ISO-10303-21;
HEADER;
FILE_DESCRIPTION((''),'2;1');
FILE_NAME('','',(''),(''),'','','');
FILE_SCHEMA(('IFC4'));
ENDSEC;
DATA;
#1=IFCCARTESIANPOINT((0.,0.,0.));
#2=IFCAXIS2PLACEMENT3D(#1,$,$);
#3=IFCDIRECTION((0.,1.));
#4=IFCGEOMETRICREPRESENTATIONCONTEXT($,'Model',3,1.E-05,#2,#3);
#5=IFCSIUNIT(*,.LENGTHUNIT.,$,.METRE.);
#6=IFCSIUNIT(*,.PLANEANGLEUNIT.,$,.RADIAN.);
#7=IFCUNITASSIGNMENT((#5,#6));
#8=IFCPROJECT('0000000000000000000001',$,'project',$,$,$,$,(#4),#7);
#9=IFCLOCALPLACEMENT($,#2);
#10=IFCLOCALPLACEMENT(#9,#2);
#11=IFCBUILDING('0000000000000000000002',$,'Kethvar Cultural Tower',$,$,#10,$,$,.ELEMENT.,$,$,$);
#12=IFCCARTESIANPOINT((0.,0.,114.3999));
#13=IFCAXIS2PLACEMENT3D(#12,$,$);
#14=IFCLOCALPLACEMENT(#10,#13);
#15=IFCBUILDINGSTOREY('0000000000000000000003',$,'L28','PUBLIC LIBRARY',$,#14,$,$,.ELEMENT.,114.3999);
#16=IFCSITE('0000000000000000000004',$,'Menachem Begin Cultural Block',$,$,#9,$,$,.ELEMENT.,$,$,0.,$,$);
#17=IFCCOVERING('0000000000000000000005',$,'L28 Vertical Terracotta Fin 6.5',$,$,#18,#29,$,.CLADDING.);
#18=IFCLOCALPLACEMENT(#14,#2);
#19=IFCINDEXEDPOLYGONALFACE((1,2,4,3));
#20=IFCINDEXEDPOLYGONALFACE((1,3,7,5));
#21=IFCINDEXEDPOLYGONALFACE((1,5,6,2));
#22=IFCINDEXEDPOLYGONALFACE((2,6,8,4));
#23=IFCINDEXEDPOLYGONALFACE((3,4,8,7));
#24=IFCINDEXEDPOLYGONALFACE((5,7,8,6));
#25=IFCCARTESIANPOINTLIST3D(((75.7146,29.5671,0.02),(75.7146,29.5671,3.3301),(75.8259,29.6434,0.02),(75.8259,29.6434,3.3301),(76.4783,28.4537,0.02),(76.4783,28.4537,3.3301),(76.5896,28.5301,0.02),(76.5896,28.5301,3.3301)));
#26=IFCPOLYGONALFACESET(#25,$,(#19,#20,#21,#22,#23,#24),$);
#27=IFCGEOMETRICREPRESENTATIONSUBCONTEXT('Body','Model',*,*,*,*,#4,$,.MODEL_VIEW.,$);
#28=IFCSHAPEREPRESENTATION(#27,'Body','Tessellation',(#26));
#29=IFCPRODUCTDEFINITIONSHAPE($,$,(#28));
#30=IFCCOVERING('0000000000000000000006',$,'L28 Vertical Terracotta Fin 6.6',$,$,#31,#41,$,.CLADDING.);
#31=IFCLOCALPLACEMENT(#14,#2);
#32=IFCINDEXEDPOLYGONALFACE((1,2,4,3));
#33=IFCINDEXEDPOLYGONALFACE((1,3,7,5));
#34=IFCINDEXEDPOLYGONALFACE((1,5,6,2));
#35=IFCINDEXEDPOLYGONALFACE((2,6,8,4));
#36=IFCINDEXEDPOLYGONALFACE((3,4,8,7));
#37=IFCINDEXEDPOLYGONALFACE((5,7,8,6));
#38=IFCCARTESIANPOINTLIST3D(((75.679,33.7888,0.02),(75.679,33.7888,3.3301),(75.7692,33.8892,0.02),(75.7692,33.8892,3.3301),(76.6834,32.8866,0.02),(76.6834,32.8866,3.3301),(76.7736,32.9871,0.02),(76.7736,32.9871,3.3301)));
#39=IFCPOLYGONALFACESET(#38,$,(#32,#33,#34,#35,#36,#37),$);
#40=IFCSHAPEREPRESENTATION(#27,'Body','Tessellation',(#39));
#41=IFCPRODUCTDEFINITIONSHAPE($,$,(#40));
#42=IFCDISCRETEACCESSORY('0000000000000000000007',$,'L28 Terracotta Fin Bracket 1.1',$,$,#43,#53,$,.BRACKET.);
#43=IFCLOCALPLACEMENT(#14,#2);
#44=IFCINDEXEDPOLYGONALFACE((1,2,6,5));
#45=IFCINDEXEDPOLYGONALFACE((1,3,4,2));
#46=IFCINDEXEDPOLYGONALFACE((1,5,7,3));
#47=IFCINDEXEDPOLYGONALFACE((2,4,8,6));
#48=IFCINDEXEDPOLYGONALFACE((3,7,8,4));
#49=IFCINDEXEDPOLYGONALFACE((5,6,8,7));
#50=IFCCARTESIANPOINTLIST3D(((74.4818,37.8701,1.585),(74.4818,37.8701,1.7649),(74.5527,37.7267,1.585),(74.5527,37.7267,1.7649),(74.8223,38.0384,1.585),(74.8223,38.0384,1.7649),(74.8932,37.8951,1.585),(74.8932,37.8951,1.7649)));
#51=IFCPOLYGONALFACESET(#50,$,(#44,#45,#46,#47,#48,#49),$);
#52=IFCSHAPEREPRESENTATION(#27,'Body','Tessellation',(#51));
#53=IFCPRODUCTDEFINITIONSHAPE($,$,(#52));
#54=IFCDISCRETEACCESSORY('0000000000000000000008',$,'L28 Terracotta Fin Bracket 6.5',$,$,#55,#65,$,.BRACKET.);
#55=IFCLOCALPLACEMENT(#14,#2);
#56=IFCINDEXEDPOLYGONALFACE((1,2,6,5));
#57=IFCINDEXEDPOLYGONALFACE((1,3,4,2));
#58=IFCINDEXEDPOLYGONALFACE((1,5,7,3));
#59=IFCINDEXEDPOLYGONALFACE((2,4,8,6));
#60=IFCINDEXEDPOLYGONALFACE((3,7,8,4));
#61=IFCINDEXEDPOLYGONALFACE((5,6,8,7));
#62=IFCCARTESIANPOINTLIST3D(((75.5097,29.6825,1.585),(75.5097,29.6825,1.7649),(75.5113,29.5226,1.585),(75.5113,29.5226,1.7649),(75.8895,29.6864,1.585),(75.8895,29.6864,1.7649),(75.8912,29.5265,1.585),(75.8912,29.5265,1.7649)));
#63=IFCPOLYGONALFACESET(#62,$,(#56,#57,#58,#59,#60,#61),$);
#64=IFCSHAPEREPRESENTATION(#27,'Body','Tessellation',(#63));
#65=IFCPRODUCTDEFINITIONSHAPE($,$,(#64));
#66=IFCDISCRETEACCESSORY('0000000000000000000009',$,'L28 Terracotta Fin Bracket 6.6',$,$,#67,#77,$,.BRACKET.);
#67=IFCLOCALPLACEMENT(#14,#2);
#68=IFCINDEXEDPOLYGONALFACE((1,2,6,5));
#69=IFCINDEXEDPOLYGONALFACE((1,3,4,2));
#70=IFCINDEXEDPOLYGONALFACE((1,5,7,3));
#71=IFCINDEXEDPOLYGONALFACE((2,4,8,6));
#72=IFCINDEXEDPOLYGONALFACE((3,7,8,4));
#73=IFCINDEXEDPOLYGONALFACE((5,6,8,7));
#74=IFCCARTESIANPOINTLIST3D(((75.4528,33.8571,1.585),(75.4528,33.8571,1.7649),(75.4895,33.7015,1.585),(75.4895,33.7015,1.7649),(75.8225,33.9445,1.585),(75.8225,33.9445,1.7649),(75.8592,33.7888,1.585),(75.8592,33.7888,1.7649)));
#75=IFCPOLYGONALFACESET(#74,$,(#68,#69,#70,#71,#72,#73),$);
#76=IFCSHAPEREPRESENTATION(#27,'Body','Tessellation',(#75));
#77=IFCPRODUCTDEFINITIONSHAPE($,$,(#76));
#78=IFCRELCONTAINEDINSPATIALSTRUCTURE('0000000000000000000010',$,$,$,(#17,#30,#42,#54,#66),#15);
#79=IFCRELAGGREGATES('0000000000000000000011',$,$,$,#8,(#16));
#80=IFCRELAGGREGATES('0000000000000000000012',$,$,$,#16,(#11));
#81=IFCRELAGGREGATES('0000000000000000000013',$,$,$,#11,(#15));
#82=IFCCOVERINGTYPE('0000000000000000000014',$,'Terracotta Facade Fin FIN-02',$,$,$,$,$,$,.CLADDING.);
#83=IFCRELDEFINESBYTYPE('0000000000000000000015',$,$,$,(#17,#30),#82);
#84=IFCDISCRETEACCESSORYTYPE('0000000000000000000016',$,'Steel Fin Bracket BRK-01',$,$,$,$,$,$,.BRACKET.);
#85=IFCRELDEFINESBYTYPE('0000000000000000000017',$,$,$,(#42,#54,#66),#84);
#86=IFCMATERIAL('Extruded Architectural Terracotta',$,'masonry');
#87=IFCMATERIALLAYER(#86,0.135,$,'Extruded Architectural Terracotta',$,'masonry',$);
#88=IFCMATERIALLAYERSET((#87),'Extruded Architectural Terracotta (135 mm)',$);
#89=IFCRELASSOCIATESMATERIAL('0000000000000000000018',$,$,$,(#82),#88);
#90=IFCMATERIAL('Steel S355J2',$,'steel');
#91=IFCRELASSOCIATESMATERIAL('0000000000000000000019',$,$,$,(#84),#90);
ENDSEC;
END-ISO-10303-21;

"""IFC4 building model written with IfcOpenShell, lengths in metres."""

from ifc_helpers import new_model, si_unit, direction, frame, origin, origin_2d, place, context, subcontext, project, spatial, rectangle, extrude, source, transform, mapped, material, layer, layer_set, type_object, element, save


model = new_model("IFC4")

# Units and contexts
model_context = context("Model", 3, precision=1e-05, world=origin(), true_north=direction((0.0, 1.0)))
body_context = subcontext(model_context, "Body", "Model", "MODEL_VIEW")
ifc_project = project(units=[si_unit("LENGTHUNIT", "METRE"), si_unit("PLANEANGLEUNIT", "RADIAN")], contexts=[model_context])

# Site, building, storey
site_placement = place(None, origin())
site = spatial("IfcSite", under=ifc_project, at=site_placement, Name="Menachem Begin Cultural Block", CompositionType="ELEMENT", RefElevation=0.0)
building_placement = place(site_placement, origin())
building = spatial("IfcBuilding", under=site, at=building_placement, Name="Kethvar Cultural Tower", CompositionType="ELEMENT")
storey_placement = place(building_placement, frame((0.0, 0.0, 114.3999)))
storey = spatial("IfcBuildingStorey", under=building, at=storey_placement, Name="L28", Description="PUBLIC LIBRARY", CompositionType="ELEMENT", Elevation=114.3999)

# Shared definitions
ifc_material_1 = material(Name="Steel S355J2", Category="steel")

# Coverings
ifc_material_2 = material(Name="Extruded Architectural Terracotta", Category="masonry")
ifc_layer_1 = layer(ifc_material_2, 0.135, Name="Extruded Architectural Terracotta", Category="masonry")
ifc_layer_set_1 = layer_set([ifc_layer_1], Name="Extruded Architectural Terracotta (135 mm)")
covering_type = type_object("IfcCoveringType", Name="Terracotta Facade Fin FIN-02", PredefinedType="CLADDING", material=ifc_layer_set_1)
shared_shape_1 = source(origin(), body_context, "Body", "SweptSolid", [
    extrude(rectangle(XDim=1.3501, YDim=0.135, at=origin_2d()), origin(), (0.0, 0.0, 1.0), 3.3101),
])
for number, where, z_axis, x_axis, name in (
    (1, (76.1521, 29.0486, 0.02), (0.0, 0.0, 1.0), (0.565687, -0.82462, 0.0), "L28 Vertical Terracotta Fin 6.5"),
    (2, (76.2263, 33.3879, 0.02), (0.0, 0.0, 1.0), (0.743962, -0.668222, 0.0), "L28 Vertical Terracotta Fin 6.6"),
):
    element("IfcCovering", number, at=place(storey_placement, frame(where, z_axis=z_axis, x_axis=x_axis)), inside=storey, type_object=covering_type, Name=name, PredefinedType="CLADDING", context=body_context, shape_type="MappedRepresentation", body=[
        mapped(shared_shape_1, transform((0.0, 0.0, 0.0), scale=1.0)),
    ])

# Discrete accessories
discrete_accessory_type = type_object("IfcDiscreteAccessoryType", Name="Steel Fin Bracket BRK-01", PredefinedType="BRACKET", material=ifc_material_1)
shared_shape_2 = source(origin(), body_context, "Body", "SweptSolid", [
    extrude(rectangle(XDim=0.3799, YDim=0.1599, at=origin_2d()), origin(), (0.0, 0.0, 1.0), 0.1799),
])
for number, where, z_axis, x_axis, name in (
    (3, (74.6875, 37.8826, 1.585), (0.0, 0.0, 1.0), (0.896409, 0.443228, 0.0), "L28 Terracotta Fin Bracket 1.1"),
    (4, (75.7004, 29.6045, 1.585), (0.0, 0.0, 1.0), (0.999945, 0.010472, 0.0), "L28 Terracotta Fin Bracket 6.5"),
    (5, (75.656, 33.823, 1.585), (0.0, 0.0, 1.0), (0.973219, 0.22988, 0.0), "L28 Terracotta Fin Bracket 6.6"),
):
    element("IfcDiscreteAccessory", number, at=place(storey_placement, frame(where, z_axis=z_axis, x_axis=x_axis)), inside=storey, type_object=discrete_accessory_type, Name=name, PredefinedType="BRACKET", context=body_context, shape_type="MappedRepresentation", body=[
        mapped(shared_shape_2, transform((0.0, 0.0, 0.0), scale=1.0)),
    ])

save(model, "model.ifc")
